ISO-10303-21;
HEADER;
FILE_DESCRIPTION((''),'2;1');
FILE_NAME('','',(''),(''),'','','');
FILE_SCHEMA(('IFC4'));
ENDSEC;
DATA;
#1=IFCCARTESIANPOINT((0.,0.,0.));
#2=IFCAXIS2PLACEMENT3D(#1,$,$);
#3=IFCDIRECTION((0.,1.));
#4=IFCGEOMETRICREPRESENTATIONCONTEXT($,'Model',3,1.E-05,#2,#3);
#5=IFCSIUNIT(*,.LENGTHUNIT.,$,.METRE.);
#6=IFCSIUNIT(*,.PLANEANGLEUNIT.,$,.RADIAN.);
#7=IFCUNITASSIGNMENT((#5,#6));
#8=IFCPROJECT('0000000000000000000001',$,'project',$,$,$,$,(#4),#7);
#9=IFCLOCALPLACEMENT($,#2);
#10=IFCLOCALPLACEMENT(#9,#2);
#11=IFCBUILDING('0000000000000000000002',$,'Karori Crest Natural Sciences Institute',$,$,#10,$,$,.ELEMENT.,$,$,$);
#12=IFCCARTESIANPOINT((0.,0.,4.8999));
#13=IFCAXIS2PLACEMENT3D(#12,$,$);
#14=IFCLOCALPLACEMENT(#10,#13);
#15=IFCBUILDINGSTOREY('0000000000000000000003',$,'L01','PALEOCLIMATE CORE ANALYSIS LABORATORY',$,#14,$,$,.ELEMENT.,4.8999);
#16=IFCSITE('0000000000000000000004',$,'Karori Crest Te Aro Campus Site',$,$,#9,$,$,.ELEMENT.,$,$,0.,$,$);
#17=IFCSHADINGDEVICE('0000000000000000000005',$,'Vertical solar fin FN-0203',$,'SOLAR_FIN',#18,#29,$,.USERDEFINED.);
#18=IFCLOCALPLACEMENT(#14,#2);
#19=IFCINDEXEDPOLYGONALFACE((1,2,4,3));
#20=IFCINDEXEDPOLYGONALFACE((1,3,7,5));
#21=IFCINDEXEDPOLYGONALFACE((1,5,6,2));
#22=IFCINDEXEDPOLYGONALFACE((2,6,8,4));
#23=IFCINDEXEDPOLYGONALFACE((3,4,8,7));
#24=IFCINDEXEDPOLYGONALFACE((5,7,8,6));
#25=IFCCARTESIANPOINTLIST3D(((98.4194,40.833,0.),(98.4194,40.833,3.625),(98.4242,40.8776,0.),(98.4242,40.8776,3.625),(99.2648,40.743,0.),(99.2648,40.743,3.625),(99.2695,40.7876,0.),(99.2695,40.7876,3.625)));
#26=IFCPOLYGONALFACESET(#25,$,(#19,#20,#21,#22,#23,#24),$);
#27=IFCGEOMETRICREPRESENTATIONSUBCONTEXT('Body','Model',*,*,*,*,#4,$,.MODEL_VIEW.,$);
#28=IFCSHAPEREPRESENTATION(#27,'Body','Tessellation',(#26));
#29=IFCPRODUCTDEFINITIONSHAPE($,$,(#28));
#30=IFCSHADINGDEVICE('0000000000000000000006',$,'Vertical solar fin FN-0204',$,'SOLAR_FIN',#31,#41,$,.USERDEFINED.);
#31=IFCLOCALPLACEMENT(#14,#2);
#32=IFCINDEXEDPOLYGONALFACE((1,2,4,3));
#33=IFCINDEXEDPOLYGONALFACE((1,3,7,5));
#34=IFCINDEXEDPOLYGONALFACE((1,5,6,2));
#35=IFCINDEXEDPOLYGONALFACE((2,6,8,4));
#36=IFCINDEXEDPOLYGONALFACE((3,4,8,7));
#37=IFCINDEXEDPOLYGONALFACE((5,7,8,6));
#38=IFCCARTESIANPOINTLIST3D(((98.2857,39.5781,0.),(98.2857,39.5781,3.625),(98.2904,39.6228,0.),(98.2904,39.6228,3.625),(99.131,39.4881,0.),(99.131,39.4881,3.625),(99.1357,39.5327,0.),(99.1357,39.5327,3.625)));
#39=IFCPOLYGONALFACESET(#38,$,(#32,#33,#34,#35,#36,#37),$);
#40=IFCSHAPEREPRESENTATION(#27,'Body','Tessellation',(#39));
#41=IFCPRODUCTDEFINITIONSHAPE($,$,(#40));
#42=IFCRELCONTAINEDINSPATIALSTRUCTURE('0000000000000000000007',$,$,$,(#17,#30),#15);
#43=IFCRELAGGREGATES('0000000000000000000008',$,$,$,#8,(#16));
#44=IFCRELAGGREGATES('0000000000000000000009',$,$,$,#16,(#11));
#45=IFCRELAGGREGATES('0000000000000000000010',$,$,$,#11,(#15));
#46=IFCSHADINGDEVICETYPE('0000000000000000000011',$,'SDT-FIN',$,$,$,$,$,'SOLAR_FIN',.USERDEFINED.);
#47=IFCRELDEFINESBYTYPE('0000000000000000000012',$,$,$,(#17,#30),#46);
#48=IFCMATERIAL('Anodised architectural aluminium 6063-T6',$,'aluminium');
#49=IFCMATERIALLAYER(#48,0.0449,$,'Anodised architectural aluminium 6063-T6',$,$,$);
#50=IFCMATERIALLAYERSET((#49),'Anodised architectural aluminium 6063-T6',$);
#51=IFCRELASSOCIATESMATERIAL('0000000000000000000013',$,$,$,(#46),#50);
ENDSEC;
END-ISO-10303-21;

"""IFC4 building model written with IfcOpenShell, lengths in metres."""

from ifc_helpers import new_model, si_unit, direction, frame, origin, origin_2d, place, context, subcontext, project, spatial, rectangle, extrude, material, layer, layer_set, type_object, element, save


model = new_model("IFC4")

# Units and contexts
model_context = context("Model", 3, precision=1e-05, world=origin(), true_north=direction((0.0, 1.0)))
body_context = subcontext(model_context, "Body", "Model", "MODEL_VIEW")
ifc_project = project(units=[si_unit("LENGTHUNIT", "METRE"), si_unit("PLANEANGLEUNIT", "RADIAN")], contexts=[model_context])

# Site, building, storey
site_placement = place(None, origin())
site = spatial("IfcSite", under=ifc_project, at=site_placement, Name="Karori Crest Te Aro Campus Site", CompositionType="ELEMENT", RefElevation=0.0)
building_placement = place(site_placement, origin())
building = spatial("IfcBuilding", under=site, at=building_placement, Name="Karori Crest Natural Sciences Institute", CompositionType="ELEMENT")
storey_placement = place(building_placement, frame((0.0, 0.0, 4.8999)))
storey = spatial("IfcBuildingStorey", under=building, at=storey_placement, Name="L01", Description="PALEOCLIMATE CORE ANALYSIS LABORATORY", CompositionType="ELEMENT", Elevation=4.8999)

# Shared definitions
ifc_material_1 = material(Name="Anodised architectural aluminium 6063-T6", Category="aluminium")

# Shading devices
ifc_layer_1 = layer(ifc_material_1, 0.0449, Name="Anodised architectural aluminium 6063-T6")
ifc_layer_set_1 = layer_set([ifc_layer_1], Name="Anodised architectural aluminium 6063-T6")
shading_device_type = type_object("IfcShadingDeviceType", Name="SDT-FIN", ElementType="SOLAR_FIN", PredefinedType="USERDEFINED", material=ifc_layer_set_1)
for number, where, z_axis, x_axis, name in (
    (1, (98.8445, 40.8103, 0.0), (0.0, 0.0, 1.0), (0.994378, -0.105884, 0.0), "Vertical solar fin FN-0203"),
    (2, (98.7107, 39.5554, 0.0), (0.0, 0.0, 1.0), (0.994378, -0.105884, 0.0), "Vertical solar fin FN-0204"),
):
    element("IfcShadingDevice", number, at=place(storey_placement, frame(where, z_axis=z_axis, x_axis=x_axis)), inside=storey, type_object=shading_device_type, Name=name, ObjectType="SOLAR_FIN", PredefinedType="USERDEFINED", context=body_context, shape_type="SweptSolid", body=[
        extrude(rectangle(XDim=0.8501, YDim=0.0449, at=origin_2d()), origin(), (0.0, 0.0, 1.0), 3.625),
    ])

save(model, "model.ifc")
